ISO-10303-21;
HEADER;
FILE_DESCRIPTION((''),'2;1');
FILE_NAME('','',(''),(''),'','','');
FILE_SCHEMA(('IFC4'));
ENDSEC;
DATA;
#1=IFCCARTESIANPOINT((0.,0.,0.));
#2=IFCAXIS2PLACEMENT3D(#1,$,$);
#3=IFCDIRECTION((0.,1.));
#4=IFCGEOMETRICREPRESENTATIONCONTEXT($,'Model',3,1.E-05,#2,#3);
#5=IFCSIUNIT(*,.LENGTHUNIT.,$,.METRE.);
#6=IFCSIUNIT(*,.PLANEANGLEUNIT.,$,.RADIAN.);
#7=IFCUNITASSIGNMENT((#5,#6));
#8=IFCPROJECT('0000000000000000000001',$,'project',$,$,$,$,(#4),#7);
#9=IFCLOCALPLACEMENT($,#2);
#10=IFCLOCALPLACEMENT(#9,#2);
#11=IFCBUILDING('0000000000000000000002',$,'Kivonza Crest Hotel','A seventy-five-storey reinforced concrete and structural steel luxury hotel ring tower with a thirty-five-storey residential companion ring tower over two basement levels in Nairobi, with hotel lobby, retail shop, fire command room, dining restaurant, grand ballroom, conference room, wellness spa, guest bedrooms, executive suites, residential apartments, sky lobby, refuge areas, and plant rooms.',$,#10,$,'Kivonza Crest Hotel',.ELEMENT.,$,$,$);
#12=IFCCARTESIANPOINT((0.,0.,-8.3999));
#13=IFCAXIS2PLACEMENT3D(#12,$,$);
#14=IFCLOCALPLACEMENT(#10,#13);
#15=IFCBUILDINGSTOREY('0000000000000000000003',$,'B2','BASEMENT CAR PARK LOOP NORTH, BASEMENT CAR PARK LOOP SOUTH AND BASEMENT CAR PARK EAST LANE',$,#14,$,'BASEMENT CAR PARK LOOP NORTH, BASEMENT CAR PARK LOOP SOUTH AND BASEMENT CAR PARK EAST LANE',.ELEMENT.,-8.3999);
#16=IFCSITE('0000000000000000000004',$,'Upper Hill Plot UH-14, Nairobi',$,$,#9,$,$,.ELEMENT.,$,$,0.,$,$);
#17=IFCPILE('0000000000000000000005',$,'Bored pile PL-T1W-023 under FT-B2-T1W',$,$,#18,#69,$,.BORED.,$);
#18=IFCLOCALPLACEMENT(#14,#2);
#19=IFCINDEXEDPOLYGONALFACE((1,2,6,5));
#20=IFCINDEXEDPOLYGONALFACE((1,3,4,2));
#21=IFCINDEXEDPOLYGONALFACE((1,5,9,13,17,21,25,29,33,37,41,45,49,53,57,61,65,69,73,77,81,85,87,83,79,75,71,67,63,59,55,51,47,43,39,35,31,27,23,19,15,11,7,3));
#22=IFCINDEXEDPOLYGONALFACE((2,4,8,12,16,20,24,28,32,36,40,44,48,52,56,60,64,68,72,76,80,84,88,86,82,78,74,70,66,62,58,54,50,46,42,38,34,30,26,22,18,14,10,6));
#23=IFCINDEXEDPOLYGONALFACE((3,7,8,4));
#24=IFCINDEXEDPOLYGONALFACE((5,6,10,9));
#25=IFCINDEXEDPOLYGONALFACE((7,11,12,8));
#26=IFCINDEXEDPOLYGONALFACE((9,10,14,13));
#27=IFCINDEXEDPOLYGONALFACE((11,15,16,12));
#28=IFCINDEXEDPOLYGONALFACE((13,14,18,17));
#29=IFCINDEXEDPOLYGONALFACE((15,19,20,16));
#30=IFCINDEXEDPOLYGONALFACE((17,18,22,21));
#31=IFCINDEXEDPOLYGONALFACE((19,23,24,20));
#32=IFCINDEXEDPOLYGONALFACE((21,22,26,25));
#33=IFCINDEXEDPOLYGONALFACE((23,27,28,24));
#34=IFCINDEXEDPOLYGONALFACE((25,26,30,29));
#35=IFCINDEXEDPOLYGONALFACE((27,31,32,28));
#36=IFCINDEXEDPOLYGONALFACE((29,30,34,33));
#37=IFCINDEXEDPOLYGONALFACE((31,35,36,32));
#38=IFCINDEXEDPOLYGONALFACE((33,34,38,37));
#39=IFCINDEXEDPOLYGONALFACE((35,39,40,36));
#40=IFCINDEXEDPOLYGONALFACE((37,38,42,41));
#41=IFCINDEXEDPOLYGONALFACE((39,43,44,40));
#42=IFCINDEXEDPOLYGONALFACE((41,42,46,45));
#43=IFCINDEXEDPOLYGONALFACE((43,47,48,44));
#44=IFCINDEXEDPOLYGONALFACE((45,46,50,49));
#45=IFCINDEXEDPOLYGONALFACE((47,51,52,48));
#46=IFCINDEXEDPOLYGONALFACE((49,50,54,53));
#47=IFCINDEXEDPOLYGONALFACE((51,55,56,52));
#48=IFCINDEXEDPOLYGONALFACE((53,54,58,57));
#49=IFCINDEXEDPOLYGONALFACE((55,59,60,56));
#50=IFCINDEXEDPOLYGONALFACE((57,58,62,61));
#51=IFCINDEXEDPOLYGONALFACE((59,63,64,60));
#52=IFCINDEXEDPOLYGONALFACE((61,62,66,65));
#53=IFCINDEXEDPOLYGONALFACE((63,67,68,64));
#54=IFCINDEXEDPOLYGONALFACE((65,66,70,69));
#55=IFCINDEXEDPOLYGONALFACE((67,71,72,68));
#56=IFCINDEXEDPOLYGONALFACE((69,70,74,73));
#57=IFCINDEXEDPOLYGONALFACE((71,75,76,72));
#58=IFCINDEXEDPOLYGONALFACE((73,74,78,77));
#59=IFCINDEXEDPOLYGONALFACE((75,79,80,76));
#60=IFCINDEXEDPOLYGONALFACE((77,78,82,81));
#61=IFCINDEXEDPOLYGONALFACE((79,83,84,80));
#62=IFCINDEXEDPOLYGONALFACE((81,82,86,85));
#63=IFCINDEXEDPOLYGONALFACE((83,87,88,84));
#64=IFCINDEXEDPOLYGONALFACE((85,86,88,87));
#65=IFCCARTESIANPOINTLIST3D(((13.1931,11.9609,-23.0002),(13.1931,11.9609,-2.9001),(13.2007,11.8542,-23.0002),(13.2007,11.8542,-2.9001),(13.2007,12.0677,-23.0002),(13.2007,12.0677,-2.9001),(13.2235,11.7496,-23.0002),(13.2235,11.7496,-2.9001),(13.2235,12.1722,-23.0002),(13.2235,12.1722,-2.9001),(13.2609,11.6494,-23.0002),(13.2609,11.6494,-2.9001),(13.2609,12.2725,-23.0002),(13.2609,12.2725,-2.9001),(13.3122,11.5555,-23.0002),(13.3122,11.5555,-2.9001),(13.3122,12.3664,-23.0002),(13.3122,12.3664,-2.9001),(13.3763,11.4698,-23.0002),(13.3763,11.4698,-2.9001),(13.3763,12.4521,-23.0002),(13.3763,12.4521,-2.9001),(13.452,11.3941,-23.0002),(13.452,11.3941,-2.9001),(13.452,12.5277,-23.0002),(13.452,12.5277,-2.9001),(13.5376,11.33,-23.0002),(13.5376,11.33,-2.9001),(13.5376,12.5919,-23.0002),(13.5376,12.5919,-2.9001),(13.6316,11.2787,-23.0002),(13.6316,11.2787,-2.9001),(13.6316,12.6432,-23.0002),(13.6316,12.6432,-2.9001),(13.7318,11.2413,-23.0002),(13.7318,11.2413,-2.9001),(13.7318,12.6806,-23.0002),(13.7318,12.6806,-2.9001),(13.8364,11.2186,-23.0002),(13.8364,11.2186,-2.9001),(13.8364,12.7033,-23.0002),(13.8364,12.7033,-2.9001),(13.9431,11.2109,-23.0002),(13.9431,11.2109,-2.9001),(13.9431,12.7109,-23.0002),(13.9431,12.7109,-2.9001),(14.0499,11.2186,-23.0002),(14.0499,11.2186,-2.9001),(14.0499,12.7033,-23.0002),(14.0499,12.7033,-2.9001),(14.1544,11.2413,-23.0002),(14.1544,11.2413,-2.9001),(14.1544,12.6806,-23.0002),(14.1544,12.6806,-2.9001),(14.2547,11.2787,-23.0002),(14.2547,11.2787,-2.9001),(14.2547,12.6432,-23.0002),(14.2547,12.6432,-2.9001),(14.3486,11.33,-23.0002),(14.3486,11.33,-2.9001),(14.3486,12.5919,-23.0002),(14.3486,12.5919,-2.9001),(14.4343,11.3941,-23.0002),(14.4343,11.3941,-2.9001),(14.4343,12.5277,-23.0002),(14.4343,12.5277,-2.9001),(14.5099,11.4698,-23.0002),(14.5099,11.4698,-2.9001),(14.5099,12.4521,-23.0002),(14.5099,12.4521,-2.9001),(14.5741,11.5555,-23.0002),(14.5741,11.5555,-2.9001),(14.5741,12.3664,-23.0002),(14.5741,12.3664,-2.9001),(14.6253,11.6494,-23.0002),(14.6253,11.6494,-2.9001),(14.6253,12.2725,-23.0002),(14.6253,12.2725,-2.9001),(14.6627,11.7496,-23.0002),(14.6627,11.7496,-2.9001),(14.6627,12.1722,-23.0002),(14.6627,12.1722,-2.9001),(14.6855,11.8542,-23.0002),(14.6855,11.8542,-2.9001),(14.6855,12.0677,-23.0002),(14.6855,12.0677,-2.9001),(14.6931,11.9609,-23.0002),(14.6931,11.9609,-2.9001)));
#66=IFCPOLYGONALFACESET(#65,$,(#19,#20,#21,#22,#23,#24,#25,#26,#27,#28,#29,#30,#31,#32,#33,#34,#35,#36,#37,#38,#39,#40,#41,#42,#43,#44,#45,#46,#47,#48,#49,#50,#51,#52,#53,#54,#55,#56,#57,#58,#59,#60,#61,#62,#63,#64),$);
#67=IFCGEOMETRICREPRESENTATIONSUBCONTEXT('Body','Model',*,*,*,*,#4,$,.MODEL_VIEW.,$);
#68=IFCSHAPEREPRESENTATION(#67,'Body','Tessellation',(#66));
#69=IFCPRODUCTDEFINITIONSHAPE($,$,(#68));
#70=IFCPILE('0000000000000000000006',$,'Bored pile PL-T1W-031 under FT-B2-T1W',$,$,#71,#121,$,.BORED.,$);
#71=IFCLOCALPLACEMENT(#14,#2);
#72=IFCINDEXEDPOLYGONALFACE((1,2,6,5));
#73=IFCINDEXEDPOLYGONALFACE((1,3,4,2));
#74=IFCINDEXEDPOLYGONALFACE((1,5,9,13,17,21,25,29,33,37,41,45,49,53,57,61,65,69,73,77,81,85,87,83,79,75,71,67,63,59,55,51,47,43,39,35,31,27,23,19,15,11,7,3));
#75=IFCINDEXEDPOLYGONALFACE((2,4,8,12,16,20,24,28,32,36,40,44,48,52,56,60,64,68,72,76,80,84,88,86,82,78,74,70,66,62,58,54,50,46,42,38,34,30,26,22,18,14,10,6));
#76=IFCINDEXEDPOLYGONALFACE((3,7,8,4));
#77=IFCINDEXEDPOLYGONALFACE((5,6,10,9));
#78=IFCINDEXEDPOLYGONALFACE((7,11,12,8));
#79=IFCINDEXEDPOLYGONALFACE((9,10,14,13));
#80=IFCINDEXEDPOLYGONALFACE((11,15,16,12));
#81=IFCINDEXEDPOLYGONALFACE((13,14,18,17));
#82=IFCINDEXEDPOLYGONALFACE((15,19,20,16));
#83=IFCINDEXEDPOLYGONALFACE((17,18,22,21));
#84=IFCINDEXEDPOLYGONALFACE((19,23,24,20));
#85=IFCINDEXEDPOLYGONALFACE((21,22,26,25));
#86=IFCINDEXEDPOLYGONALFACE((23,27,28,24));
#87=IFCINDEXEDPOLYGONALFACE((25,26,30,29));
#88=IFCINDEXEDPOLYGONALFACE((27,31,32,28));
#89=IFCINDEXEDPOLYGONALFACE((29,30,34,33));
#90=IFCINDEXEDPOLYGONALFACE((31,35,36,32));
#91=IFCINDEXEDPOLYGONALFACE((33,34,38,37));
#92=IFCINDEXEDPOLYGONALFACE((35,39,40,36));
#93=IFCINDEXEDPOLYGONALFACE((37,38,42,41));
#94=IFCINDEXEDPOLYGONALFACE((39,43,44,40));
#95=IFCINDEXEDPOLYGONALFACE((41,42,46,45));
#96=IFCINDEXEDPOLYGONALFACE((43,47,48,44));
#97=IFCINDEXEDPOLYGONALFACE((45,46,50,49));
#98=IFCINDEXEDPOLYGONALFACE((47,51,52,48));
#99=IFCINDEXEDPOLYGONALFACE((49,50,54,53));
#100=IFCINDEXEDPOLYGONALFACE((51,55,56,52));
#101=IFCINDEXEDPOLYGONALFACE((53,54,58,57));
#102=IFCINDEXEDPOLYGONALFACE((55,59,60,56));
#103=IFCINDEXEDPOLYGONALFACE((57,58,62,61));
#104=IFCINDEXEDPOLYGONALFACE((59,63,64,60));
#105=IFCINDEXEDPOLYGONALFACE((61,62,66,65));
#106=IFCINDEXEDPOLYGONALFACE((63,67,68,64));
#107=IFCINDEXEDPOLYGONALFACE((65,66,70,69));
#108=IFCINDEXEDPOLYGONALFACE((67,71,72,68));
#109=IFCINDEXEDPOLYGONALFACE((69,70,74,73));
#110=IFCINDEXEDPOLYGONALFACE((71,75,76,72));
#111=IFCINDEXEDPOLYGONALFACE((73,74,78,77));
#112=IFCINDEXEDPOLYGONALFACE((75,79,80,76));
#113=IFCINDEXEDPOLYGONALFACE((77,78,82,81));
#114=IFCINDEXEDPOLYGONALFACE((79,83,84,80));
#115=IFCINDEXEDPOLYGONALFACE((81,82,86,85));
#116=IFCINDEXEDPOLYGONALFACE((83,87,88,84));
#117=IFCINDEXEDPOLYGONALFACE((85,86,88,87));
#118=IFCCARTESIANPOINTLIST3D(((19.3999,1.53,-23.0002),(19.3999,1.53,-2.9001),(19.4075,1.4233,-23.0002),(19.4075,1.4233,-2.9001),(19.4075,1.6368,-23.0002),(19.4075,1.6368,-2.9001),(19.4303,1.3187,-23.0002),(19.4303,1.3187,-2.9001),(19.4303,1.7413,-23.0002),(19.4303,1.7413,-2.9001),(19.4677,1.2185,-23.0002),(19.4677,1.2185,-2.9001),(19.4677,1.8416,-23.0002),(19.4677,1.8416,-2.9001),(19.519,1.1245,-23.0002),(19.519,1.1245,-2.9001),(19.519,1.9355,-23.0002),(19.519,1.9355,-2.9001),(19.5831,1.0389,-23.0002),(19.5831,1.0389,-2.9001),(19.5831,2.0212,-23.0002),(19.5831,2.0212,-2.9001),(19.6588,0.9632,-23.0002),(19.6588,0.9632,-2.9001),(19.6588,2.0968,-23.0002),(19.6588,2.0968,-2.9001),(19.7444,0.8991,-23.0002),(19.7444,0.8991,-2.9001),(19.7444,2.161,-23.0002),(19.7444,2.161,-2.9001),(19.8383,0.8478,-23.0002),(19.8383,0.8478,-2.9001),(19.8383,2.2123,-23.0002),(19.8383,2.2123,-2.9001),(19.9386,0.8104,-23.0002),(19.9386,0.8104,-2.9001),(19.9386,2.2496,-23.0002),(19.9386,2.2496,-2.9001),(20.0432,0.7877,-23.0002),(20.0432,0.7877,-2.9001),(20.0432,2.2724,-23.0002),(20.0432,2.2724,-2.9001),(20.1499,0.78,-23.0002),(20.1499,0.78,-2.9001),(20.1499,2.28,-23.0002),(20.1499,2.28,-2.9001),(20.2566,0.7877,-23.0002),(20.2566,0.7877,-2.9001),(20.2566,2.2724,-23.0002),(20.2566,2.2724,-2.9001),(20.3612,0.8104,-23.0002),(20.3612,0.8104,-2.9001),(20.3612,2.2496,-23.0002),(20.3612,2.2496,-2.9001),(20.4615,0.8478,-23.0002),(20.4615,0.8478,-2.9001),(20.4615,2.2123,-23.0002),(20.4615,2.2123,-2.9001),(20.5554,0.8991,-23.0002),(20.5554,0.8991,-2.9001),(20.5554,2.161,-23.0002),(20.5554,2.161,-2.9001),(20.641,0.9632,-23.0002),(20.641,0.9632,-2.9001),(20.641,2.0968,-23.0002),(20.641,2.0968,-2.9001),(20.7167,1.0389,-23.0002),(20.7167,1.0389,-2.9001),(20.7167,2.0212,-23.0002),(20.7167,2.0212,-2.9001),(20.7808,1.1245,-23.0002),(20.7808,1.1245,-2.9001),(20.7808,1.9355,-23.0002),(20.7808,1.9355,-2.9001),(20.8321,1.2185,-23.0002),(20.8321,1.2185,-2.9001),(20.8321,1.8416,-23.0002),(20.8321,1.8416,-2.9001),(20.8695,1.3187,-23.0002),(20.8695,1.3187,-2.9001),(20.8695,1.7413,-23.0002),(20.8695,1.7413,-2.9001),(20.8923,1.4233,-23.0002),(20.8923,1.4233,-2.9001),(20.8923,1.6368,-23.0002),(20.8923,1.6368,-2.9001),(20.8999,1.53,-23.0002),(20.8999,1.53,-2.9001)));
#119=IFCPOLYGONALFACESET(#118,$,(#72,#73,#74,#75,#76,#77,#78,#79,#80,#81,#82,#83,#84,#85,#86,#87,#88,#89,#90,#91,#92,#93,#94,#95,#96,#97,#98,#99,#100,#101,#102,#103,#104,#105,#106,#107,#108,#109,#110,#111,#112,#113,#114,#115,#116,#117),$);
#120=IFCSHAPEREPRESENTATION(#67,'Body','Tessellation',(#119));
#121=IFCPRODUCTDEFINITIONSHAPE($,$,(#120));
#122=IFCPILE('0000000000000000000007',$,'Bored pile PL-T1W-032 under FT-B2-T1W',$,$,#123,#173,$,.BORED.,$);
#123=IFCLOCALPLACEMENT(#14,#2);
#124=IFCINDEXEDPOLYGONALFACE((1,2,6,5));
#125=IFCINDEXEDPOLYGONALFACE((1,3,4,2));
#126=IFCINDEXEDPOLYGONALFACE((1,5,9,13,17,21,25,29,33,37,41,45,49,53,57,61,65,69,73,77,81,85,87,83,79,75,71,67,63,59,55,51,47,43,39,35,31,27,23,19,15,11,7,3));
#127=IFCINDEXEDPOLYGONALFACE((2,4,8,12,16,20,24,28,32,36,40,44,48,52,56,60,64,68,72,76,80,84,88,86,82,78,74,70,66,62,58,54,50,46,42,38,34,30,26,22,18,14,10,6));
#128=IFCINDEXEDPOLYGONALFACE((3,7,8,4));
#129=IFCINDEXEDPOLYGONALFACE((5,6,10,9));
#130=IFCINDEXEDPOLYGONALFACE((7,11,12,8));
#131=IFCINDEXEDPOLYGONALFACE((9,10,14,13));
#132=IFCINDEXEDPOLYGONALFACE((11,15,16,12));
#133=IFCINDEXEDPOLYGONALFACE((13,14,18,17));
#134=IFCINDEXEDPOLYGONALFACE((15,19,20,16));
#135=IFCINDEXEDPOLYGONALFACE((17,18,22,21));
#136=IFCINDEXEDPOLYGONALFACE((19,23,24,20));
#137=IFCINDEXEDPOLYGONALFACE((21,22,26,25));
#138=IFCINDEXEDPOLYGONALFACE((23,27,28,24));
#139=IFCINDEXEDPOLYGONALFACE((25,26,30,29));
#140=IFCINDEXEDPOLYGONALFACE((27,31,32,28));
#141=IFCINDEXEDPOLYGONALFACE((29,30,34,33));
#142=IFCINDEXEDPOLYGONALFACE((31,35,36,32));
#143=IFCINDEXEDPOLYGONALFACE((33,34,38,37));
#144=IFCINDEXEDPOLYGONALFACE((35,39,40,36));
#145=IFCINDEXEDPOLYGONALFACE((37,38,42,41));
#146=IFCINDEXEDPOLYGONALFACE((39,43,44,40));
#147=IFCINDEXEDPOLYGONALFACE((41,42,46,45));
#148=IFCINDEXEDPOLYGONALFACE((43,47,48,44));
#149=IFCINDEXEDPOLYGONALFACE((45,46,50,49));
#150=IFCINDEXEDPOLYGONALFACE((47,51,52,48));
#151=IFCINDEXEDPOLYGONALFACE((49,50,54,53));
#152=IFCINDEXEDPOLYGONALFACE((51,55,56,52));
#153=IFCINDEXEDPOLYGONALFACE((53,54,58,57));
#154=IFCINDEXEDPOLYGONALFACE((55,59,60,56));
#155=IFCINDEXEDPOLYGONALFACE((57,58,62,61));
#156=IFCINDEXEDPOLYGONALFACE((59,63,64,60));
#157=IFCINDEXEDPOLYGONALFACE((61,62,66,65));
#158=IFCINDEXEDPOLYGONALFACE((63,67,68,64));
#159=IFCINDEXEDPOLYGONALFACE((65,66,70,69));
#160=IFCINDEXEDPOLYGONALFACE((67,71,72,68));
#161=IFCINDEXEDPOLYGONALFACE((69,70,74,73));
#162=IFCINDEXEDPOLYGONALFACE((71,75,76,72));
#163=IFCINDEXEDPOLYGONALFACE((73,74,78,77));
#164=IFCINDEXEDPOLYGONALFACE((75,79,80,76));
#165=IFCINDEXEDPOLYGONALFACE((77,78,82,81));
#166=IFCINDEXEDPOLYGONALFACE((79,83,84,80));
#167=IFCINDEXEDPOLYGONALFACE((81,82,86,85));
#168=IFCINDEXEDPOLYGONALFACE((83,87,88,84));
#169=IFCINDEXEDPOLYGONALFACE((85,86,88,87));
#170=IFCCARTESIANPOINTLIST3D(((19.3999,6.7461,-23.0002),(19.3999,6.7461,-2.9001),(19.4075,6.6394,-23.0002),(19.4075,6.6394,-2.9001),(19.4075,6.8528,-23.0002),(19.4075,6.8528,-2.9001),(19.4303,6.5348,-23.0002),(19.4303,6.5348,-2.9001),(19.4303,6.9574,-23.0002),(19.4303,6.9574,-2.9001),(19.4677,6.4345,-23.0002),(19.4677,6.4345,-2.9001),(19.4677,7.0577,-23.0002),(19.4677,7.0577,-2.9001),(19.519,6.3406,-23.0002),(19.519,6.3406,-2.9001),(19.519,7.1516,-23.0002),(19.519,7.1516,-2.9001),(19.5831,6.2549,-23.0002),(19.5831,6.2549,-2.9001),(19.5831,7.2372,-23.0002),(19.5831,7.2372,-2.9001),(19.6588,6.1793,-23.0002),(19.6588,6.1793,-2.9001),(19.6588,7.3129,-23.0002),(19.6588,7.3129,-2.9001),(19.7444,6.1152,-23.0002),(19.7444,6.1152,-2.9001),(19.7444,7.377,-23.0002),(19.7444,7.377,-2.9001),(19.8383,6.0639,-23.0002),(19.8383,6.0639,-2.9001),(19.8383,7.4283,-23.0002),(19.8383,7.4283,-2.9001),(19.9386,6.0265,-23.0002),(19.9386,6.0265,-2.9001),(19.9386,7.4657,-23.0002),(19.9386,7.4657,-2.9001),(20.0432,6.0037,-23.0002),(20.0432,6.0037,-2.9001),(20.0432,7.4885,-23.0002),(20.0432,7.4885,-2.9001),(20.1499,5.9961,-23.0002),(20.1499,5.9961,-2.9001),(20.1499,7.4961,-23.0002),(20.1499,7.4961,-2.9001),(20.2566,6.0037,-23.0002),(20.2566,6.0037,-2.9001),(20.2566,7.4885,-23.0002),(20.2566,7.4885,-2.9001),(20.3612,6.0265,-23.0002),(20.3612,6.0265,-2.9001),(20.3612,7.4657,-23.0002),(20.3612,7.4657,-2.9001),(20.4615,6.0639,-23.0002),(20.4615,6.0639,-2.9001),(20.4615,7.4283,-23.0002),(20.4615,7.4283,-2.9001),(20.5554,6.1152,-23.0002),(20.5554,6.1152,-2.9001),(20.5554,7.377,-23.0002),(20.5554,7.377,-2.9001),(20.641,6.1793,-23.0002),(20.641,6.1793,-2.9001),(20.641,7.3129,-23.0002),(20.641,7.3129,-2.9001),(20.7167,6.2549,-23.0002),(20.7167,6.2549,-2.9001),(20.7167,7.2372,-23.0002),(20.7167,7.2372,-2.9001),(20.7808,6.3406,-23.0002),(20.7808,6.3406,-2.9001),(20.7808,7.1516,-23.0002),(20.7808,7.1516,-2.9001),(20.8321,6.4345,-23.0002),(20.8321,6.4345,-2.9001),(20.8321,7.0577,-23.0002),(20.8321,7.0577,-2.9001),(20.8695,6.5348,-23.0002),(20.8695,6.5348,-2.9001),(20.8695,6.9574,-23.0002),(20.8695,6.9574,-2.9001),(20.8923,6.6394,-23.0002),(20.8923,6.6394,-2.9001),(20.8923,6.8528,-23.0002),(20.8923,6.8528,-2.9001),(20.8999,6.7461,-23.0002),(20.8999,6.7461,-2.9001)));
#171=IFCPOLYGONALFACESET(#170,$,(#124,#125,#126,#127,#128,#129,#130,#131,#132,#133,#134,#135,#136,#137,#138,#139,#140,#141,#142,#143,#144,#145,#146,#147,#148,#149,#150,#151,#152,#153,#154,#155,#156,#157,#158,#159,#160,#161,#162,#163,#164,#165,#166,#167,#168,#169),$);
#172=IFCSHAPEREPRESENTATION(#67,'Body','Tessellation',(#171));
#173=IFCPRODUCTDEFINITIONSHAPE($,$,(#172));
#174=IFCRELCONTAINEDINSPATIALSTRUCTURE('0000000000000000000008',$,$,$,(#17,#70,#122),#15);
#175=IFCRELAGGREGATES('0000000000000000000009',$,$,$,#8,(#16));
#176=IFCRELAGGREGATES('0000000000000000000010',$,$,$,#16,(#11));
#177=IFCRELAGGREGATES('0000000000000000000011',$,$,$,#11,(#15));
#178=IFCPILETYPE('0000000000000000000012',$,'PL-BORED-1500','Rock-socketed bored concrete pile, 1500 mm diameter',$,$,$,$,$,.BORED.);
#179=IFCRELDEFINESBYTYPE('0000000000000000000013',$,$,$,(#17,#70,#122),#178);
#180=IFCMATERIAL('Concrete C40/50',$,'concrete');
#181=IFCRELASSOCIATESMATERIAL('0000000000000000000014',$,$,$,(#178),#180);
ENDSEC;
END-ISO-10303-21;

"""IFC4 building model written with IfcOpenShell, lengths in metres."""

from ifc_helpers import new_model, si_unit, direction, frame, origin, origin_2d, place, context, subcontext, project, spatial, circle, extrude, material, material_profile, profile_set, type_object, element, save


model = new_model("IFC4")

# Units and contexts
model_context = context("Model", 3, precision=1e-05, world=origin(), true_north=direction((0.0, 1.0)))
body_context = subcontext(model_context, "Body", "Model", "MODEL_VIEW")
ifc_project = project(units=[si_unit("LENGTHUNIT", "METRE"), si_unit("PLANEANGLEUNIT", "RADIAN")], contexts=[model_context])

# Site, building, storey
site_placement = place(None, origin())
site = spatial("IfcSite", under=ifc_project, at=site_placement, Name="Upper Hill Plot UH-14, Nairobi", CompositionType="ELEMENT", RefElevation=0.0)
building_placement = place(site_placement, origin())
building = spatial("IfcBuilding", under=site, at=building_placement, Name="Kivonza Crest Hotel", Description="A seventy-five-storey reinforced concrete and structural steel luxury hotel ring tower with a thirty-five-storey residential companion ring tower over two basement levels in Nairobi, with hotel lobby, retail shop, fire command room, dining restaurant, grand ballroom, conference room, wellness spa, guest bedrooms, executive suites, residential apartments, sky lobby, refuge areas, and plant rooms.", LongName="Kivonza Crest Hotel", CompositionType="ELEMENT")
storey_placement = place(building_placement, frame((0.0, 0.0, -8.3999)))
storey = spatial("IfcBuildingStorey", under=building, at=storey_placement, Name="B2", Description="BASEMENT CAR PARK LOOP NORTH, BASEMENT CAR PARK LOOP SOUTH AND BASEMENT CAR PARK EAST LANE", LongName="BASEMENT CAR PARK LOOP NORTH, BASEMENT CAR PARK LOOP SOUTH AND BASEMENT CAR PARK EAST LANE", CompositionType="ELEMENT", Elevation=-8.3999)

# Piles
ifc_material_1 = material(Name="Concrete C40/50", Category="concrete")
ifc_material_profile_1 = material_profile(ifc_material_1, circle(Radius=0.75, at=origin_2d()), Name="PILE D1500")
ifc_profile_set_1 = profile_set([ifc_material_profile_1], Name="Concrete C40/50")
pile_type = type_object("IfcPileType", Name="PL-BORED-1500", Description="Rock-socketed bored concrete pile, 1500 mm diameter", PredefinedType="BORED", material=ifc_profile_set_1)
for number, where, z_axis, x_axis, name in (
    (1, (13.9431, 11.9609, -2.9001), (0.0, 0.0, -1.0), (1.0, 0.0, 0.0), "Bored pile PL-T1W-023 under FT-B2-T1W"),
    (2, (20.1499, 1.53, -2.9001), (0.0, 0.0, -1.0), (1.0, 0.0, 0.0), "Bored pile PL-T1W-031 under FT-B2-T1W"),
    (3, (20.1499, 6.7461, -2.9001), (0.0, 0.0, -1.0), (1.0, 0.0, 0.0), "Bored pile PL-T1W-032 under FT-B2-T1W"),
):
    element("IfcPile", number, at=place(storey_placement, frame(where, z_axis=z_axis, x_axis=x_axis)), inside=storey, type_object=pile_type, Name=name, PredefinedType="BORED", context=body_context, shape_type="SweptSolid", body=[
        extrude(circle(Radius=0.75, at=origin_2d()), origin(), (0.0, 0.0, 1.0), 20.1001),
    ])

save(model, "model.ifc")
